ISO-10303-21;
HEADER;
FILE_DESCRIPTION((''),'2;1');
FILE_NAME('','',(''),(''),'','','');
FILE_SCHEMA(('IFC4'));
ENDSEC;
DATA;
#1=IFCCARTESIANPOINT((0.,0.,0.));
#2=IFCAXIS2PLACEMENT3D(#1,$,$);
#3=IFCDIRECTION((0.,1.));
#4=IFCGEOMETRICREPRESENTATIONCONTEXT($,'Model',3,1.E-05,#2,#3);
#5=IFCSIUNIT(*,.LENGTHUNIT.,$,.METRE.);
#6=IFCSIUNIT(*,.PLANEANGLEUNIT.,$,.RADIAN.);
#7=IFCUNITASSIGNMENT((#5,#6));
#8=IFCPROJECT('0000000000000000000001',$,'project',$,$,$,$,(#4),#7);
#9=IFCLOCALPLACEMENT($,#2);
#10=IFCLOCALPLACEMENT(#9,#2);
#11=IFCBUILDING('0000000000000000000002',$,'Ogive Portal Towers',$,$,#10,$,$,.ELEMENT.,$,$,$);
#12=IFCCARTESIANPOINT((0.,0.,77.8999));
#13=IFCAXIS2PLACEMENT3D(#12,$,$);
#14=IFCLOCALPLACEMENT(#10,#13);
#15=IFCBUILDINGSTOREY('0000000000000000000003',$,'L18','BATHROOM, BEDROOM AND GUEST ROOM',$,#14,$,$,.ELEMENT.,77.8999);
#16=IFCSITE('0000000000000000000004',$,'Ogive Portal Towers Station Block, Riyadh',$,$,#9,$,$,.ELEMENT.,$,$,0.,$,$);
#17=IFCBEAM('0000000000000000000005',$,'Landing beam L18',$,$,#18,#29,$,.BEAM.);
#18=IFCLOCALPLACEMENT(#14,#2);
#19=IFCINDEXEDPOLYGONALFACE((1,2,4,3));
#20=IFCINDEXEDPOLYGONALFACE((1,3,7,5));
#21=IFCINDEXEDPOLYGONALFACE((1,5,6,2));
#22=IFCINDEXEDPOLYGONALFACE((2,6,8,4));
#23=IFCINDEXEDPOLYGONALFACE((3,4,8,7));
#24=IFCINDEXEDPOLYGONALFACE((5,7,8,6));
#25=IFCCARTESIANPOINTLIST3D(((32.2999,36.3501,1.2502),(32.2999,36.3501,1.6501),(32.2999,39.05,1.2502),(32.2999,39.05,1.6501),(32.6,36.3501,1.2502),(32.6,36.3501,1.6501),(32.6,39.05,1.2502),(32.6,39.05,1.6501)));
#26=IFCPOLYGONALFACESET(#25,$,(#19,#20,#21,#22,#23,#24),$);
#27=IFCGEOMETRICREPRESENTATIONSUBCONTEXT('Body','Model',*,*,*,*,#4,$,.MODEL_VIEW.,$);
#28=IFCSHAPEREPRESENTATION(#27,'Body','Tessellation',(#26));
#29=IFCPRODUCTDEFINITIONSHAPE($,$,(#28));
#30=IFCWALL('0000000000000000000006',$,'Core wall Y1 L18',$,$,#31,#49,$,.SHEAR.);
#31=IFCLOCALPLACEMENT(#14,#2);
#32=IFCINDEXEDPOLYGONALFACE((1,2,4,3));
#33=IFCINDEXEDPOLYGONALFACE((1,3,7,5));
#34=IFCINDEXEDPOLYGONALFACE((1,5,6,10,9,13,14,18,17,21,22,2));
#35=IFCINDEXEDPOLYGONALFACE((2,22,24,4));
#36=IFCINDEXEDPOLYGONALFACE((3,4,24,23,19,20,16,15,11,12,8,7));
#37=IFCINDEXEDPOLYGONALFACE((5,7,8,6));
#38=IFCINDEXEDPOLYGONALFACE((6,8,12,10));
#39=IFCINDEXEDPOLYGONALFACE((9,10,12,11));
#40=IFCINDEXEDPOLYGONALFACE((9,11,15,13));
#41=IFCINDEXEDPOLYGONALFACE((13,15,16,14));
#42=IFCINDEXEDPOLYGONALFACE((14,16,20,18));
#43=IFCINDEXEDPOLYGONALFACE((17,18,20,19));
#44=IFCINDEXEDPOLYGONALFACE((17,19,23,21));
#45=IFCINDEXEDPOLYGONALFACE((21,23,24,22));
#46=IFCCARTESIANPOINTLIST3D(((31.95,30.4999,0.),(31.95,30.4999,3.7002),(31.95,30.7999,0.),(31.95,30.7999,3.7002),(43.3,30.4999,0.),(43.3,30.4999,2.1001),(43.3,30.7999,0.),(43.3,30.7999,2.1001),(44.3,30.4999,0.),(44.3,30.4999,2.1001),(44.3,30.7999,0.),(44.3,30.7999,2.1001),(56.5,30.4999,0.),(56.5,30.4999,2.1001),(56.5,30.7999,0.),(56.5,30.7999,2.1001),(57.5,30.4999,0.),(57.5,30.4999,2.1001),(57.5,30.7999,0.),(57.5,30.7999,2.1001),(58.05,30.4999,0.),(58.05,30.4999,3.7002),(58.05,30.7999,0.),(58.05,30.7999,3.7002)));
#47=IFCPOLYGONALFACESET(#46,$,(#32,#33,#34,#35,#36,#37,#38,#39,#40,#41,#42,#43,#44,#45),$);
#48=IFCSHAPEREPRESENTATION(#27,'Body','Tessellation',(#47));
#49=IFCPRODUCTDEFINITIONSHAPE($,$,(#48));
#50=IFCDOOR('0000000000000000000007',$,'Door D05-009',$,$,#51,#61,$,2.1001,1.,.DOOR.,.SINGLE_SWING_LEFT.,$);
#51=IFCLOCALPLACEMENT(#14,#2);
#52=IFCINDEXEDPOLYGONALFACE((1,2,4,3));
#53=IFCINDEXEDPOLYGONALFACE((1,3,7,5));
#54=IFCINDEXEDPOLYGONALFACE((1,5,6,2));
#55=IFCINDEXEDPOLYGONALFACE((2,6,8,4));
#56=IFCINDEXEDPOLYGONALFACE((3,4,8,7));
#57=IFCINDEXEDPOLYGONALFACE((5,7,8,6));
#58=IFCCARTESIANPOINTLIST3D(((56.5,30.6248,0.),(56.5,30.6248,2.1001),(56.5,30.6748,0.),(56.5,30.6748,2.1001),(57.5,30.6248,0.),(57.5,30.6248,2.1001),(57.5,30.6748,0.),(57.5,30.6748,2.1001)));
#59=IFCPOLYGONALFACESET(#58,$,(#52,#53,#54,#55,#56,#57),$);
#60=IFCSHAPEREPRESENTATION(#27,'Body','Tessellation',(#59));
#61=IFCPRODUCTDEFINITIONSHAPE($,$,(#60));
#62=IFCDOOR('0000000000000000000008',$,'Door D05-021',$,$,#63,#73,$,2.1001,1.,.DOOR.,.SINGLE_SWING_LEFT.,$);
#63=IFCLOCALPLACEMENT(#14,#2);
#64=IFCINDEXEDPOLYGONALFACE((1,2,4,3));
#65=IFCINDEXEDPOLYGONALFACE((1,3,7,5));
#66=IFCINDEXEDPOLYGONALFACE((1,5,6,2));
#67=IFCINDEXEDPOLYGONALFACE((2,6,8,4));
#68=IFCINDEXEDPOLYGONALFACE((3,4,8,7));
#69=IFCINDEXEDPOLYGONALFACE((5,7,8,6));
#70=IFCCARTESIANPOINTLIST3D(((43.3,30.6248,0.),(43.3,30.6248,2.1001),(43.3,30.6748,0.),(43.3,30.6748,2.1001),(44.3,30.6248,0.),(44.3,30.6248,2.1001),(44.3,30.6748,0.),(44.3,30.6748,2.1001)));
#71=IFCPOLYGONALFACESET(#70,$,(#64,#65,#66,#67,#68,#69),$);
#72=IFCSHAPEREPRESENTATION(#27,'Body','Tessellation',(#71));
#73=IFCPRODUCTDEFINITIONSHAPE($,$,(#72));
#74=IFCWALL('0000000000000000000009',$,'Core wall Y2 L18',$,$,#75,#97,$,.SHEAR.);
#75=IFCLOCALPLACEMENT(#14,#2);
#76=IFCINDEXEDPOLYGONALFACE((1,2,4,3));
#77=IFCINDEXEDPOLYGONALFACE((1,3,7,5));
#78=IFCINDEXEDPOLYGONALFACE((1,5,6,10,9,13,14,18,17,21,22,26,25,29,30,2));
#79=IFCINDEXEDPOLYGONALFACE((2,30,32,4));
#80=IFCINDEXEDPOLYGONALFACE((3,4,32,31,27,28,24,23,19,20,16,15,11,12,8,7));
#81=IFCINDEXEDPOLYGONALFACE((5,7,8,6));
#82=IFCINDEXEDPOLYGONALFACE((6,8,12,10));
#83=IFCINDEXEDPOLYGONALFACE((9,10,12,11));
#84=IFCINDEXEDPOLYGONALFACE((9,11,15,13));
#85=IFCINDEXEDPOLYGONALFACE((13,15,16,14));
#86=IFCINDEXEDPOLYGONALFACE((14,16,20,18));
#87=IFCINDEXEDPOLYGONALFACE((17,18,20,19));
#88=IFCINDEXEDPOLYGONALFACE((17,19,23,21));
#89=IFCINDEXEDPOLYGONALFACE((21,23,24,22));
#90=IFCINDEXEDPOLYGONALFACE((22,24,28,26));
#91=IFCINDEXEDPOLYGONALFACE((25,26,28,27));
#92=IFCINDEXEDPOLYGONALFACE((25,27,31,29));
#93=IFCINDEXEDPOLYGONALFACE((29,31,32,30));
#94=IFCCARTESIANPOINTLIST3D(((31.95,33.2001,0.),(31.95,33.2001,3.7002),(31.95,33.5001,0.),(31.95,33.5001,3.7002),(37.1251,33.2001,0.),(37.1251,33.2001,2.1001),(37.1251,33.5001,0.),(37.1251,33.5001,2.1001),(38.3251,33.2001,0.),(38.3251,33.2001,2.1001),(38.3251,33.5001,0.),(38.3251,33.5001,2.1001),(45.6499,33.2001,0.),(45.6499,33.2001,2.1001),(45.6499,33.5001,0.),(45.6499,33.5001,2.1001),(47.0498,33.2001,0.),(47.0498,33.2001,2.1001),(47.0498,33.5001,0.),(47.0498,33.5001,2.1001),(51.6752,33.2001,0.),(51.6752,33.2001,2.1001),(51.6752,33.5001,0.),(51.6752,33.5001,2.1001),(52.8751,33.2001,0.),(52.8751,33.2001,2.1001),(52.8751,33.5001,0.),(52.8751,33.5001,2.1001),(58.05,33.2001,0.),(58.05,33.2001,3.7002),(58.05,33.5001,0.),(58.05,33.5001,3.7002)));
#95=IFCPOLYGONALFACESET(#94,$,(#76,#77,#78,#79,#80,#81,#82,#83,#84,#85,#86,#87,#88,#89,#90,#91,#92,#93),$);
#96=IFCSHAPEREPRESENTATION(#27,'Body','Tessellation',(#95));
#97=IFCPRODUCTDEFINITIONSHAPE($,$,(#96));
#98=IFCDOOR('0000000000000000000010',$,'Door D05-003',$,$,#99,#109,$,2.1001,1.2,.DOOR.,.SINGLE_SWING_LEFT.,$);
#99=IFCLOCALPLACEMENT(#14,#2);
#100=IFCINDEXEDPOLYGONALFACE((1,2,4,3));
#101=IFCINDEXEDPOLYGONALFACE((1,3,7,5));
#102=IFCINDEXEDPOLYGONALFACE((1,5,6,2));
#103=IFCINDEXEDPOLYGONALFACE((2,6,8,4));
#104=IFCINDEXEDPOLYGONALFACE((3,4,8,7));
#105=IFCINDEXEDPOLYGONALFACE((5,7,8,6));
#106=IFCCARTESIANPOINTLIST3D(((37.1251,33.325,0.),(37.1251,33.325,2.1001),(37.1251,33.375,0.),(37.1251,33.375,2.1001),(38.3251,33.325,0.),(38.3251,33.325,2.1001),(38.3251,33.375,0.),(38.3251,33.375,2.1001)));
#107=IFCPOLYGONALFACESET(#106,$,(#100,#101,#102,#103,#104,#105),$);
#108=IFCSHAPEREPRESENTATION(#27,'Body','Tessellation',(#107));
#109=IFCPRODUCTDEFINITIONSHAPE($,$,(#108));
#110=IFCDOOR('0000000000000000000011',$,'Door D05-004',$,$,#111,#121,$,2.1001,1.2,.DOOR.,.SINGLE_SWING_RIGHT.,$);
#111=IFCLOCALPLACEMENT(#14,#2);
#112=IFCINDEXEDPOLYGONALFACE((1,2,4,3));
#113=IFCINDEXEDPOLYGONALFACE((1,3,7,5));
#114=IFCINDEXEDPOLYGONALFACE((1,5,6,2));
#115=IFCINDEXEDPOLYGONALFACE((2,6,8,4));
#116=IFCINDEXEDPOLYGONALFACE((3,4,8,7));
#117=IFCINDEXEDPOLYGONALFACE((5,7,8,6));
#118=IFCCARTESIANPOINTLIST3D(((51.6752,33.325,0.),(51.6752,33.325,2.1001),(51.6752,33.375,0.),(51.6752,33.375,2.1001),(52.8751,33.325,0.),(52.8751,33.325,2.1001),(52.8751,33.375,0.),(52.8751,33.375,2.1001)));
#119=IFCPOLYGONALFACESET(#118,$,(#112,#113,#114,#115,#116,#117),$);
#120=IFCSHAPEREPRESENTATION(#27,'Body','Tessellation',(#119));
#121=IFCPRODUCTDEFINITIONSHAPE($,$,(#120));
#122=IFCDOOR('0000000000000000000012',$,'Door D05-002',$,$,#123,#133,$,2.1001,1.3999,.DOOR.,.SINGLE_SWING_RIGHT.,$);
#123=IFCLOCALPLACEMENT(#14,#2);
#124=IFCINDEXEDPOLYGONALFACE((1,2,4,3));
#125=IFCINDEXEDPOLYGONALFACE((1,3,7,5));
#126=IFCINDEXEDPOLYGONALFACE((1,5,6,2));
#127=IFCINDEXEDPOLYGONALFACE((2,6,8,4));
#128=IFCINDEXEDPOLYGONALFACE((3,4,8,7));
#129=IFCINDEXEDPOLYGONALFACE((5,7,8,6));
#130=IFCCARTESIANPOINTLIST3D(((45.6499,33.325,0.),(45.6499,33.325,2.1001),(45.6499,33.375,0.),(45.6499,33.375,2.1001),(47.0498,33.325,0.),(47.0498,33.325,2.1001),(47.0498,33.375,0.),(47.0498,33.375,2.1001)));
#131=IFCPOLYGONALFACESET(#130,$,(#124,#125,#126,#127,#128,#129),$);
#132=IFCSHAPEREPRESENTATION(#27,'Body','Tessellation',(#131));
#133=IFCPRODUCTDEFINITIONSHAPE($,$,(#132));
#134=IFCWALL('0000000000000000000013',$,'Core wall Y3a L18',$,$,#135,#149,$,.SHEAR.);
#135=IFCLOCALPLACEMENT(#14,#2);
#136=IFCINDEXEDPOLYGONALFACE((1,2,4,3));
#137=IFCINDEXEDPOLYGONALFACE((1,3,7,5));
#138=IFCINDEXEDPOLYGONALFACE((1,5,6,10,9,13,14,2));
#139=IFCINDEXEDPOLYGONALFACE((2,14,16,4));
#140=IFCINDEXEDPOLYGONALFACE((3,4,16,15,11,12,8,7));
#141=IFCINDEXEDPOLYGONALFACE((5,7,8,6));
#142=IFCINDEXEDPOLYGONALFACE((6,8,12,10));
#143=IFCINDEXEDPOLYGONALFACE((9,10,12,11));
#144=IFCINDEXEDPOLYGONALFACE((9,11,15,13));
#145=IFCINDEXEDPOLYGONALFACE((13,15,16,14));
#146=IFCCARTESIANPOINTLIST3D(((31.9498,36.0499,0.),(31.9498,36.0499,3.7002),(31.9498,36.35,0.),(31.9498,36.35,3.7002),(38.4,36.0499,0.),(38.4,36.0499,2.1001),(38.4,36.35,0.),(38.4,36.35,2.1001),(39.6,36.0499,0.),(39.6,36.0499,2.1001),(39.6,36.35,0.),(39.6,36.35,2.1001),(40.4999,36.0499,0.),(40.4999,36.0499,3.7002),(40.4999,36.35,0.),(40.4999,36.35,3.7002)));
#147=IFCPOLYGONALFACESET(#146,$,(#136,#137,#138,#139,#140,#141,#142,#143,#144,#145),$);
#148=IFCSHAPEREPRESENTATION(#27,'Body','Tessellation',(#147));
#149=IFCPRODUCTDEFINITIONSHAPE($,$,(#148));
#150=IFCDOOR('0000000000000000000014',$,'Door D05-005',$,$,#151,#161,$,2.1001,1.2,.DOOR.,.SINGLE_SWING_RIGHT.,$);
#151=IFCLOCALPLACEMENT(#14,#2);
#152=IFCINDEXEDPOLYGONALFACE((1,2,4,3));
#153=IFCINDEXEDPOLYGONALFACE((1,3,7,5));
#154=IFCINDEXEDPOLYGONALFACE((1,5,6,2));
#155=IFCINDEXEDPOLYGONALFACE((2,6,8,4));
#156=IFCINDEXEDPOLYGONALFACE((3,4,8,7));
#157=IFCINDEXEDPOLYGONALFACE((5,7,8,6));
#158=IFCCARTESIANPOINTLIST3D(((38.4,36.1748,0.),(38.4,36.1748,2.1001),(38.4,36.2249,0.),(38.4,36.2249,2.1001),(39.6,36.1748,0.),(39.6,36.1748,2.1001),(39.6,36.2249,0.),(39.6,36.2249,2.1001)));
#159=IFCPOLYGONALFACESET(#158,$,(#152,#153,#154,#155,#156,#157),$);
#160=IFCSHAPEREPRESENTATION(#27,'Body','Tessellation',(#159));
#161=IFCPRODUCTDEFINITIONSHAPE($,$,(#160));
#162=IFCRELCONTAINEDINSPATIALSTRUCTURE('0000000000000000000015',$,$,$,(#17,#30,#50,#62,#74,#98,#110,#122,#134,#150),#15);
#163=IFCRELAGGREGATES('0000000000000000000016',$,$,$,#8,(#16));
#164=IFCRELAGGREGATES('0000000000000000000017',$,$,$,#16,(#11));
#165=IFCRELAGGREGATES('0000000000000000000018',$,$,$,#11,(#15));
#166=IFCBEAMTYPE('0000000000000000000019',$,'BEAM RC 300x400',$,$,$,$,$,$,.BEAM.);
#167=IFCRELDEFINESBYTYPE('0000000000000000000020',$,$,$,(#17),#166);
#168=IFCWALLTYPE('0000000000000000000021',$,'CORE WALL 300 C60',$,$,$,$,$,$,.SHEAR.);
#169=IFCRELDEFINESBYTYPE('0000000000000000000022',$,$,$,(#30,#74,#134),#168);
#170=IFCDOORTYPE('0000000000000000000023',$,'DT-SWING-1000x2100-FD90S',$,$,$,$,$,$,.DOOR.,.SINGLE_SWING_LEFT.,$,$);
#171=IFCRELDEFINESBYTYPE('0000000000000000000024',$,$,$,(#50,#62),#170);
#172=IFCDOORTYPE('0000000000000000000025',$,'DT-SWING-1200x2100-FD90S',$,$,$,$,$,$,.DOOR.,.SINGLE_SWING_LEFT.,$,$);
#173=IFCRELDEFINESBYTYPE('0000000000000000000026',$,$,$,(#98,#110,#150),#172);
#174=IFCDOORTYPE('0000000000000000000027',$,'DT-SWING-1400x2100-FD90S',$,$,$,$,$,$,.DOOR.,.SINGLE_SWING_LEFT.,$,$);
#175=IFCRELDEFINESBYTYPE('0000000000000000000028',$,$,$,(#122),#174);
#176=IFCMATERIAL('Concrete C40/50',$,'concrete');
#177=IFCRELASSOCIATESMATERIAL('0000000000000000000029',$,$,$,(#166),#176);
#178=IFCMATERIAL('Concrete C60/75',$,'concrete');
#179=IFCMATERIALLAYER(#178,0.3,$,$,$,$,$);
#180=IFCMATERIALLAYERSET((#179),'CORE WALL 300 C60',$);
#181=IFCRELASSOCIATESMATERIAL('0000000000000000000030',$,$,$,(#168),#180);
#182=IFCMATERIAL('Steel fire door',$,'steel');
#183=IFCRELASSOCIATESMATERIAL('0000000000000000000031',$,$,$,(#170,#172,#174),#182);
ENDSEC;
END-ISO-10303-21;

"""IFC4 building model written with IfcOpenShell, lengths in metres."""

from ifc_helpers import new_model, si_unit, direction, frame, frame_2d, origin, origin_2d, place, context, subcontext, project, spatial, rectangle, extrude, material, layer, layer_set, material_profile, profile_set, type_object, element, fill, save


model = new_model("IFC4")

# Units and contexts
model_context = context("Model", 3, precision=1e-05, world=origin(), true_north=direction((0.0, 1.0)))
body_context = subcontext(model_context, "Body", "Model", "MODEL_VIEW")
ifc_project = project(units=[si_unit("LENGTHUNIT", "METRE"), si_unit("PLANEANGLEUNIT", "RADIAN")], contexts=[model_context])

# Site, building, storey
site_placement = place(None, origin())
site = spatial("IfcSite", under=ifc_project, at=site_placement, Name="Ogive Portal Towers Station Block, Riyadh", CompositionType="ELEMENT", RefElevation=0.0)
building_placement = place(site_placement, origin())
building = spatial("IfcBuilding", under=site, at=building_placement, Name="Ogive Portal Towers", CompositionType="ELEMENT")
storey_placement = place(building_placement, frame((0.0, 0.0, 77.8999)))
storey = spatial("IfcBuildingStorey", under=building, at=storey_placement, Name="L18", Description="BATHROOM, BEDROOM AND GUEST ROOM", CompositionType="ELEMENT", Elevation=77.8999)

# Beam
ifc_material_1 = material(Name="Concrete C40/50", Category="concrete")
ifc_material_profile = material_profile(ifc_material_1, rectangle(XDim=0.3, YDim=0.3999, at=origin_2d()), Name="RC 300x400")
ifc_profile_set = profile_set([ifc_material_profile], Name="Concrete C40/50")
beam_type = type_object("IfcBeamType", Name="BEAM RC 300x400", PredefinedType="BEAM", material=ifc_profile_set)
beam_placement = place(storey_placement, frame((32.45, 36.3501, 1.4502), z_axis=(0.0, 1.0, 0.0), x_axis=(-1.0, 0.0, 0.0)))
element("IfcBeam", 1, at=beam_placement, inside=storey, type_object=beam_type, Name="Landing beam L18", PredefinedType="BEAM", context=body_context, shape_type="SweptSolid", body=[
    extrude(rectangle(XDim=0.3, YDim=0.3999, at=origin_2d()), origin(), (0.0, 0.0, 1.0), 2.7),
])

# Walls, openings, doors
ifc_material_2 = material(Name="Concrete C60/75", Category="concrete")
ifc_layer_1 = layer(ifc_material_2, 0.3)
ifc_layer_set_1 = layer_set([ifc_layer_1], Name="CORE WALL 300 C60")
wall_type_1 = type_object("IfcWallType", Name="CORE WALL 300 C60", PredefinedType="SHEAR", material=ifc_layer_set_1)
wall_1_placement = place(storey_placement, frame((31.95, 30.6499, 0.0), z_axis=(0.0, 0.0, 1.0), x_axis=(1.0, 0.0, 0.0)))
wall_1 = element("IfcWall", 2, at=wall_1_placement, inside=storey, type_object=wall_type_1, Name="Core wall Y1 L18", PredefinedType="SHEAR", context=body_context, shape_type="SweptSolid", body=[
    extrude(rectangle(XDim=26.1001, YDim=0.3, at=frame_2d((13.05, 0.0))), origin(), (0.0, 0.0, 1.0), 3.7002),
])
opening_1_placement = place(wall_1_placement, frame((24.55, 0.0, 0.0)))
opening_1 = element("IfcOpeningElement", 3, at=opening_1_placement, cuts=wall_1, PredefinedType="OPENING", context=body_context, shape_type="SweptSolid", body=[
    extrude(rectangle(XDim=1.0, YDim=2.1001, at=frame_2d((0.5, 1.05))), frame((0.0, 0.1602, 0.0), z_axis=(0.0, -1.0, 0.0), x_axis=(1.0, 0.0, 0.0)), (0.0, 0.0, 1.0), 0.3201),
])
opening_2_placement = place(wall_1_placement, frame((11.3501, 0.0, 0.0)))
opening_2 = element("IfcOpeningElement", 4, at=opening_2_placement, cuts=wall_1, PredefinedType="OPENING", context=body_context, shape_type="SweptSolid", body=[
    extrude(rectangle(XDim=1.0, YDim=2.1001, at=frame_2d((0.5, 1.05))), frame((0.0, 0.1602, 0.0), z_axis=(0.0, -1.0, 0.0), x_axis=(1.0, 0.0, 0.0)), (0.0, 0.0, 1.0), 0.3201),
])
ifc_material_3 = material(Name="Steel fire door", Category="steel")
door_type_1 = type_object("IfcDoorType", Name="DT-SWING-1000x2100-FD90S", OperationType="SINGLE_SWING_LEFT", PredefinedType="DOOR", material=ifc_material_3)
door_1_placement = place(opening_1_placement, origin())
door_1 = element("IfcDoor", 5, at=door_1_placement, inside=storey, type_object=door_type_1, Name="Door D05-009", OperationType="SINGLE_SWING_LEFT", OverallHeight=2.1001, OverallWidth=1.0, PredefinedType="DOOR", context=body_context, shape_type="SweptSolid", body=[
    extrude(rectangle(XDim=1.0, YDim=2.1001, at=frame_2d((0.5, 1.05))), frame((0.0, 0.0249, 0.0), z_axis=(0.0, -1.0, 0.0), x_axis=(1.0, 0.0, 0.0)), (0.0, 0.0, 1.0), 0.05),
])
fill(opening_1, door_1)
door_2_placement = place(opening_2_placement, origin())
door_2 = element("IfcDoor", 6, at=door_2_placement, inside=storey, type_object=door_type_1, Name="Door D05-021", OperationType="SINGLE_SWING_LEFT", OverallHeight=2.1001, OverallWidth=1.0, PredefinedType="DOOR", context=body_context, shape_type="SweptSolid", body=[
    extrude(rectangle(XDim=1.0, YDim=2.1001, at=frame_2d((0.5, 1.05))), frame((0.0, 0.0249, 0.0), z_axis=(0.0, -1.0, 0.0), x_axis=(1.0, 0.0, 0.0)), (0.0, 0.0, 1.0), 0.05),
])
fill(opening_2, door_2)
wall_2_placement = place(storey_placement, frame((31.95, 33.3501, 0.0), z_axis=(0.0, 0.0, 1.0), x_axis=(1.0, 0.0, 0.0)))
wall_2 = element("IfcWall", 7, at=wall_2_placement, inside=storey, type_object=wall_type_1, Name="Core wall Y2 L18", PredefinedType="SHEAR", context=body_context, shape_type="SweptSolid", body=[
    extrude(rectangle(XDim=26.1001, YDim=0.3, at=frame_2d((13.05, 0.0))), origin(), (0.0, 0.0, 1.0), 3.7002),
])
opening_3_placement = place(wall_2_placement, frame((13.7, 0.0, 0.0)))
opening_3 = element("IfcOpeningElement", 8, at=opening_3_placement, cuts=wall_2, PredefinedType="OPENING", context=body_context, shape_type="SweptSolid", body=[
    extrude(rectangle(XDim=1.3999, YDim=2.1001, at=frame_2d((0.7, 1.05))), frame((0.0, 0.1602, 0.0), z_axis=(0.0, -1.0, 0.0), x_axis=(1.0, 0.0, 0.0)), (0.0, 0.0, 1.0), 0.3201),
])
opening_4_placement = place(wall_2_placement, frame((5.175, 0.0, 0.0)))
opening_4 = element("IfcOpeningElement", 9, at=opening_4_placement, cuts=wall_2, PredefinedType="OPENING", context=body_context, shape_type="SweptSolid", body=[
    extrude(rectangle(XDim=1.2, YDim=2.1001, at=frame_2d((0.6001, 1.05))), frame((0.0, 0.1602, 0.0), z_axis=(0.0, -1.0, 0.0), x_axis=(1.0, 0.0, 0.0)), (0.0, 0.0, 1.0), 0.3201),
])
opening_5_placement = place(wall_2_placement, frame((19.7251, 0.0, 0.0)))
opening_5 = element("IfcOpeningElement", 10, at=opening_5_placement, cuts=wall_2, PredefinedType="OPENING", context=body_context, shape_type="SweptSolid", body=[
    extrude(rectangle(XDim=1.2, YDim=2.1001, at=frame_2d((0.6001, 1.05))), frame((0.0, 0.1602, 0.0), z_axis=(0.0, -1.0, 0.0), x_axis=(1.0, 0.0, 0.0)), (0.0, 0.0, 1.0), 0.3201),
])
door_type_2 = type_object("IfcDoorType", Name="DT-SWING-1200x2100-FD90S", OperationType="SINGLE_SWING_LEFT", PredefinedType="DOOR", material=ifc_material_3)
door_3_placement = place(opening_4_placement, origin())
door_3 = element("IfcDoor", 11, at=door_3_placement, inside=storey, type_object=door_type_2, Name="Door D05-003", OperationType="SINGLE_SWING_LEFT", OverallHeight=2.1001, OverallWidth=1.2, PredefinedType="DOOR", context=body_context, shape_type="SweptSolid", body=[
    extrude(rectangle(XDim=1.2, YDim=2.1001, at=frame_2d((0.6001, 1.05))), frame((0.0, 0.0249, 0.0), z_axis=(0.0, -1.0, 0.0), x_axis=(1.0, 0.0, 0.0)), (0.0, 0.0, 1.0), 0.05),
])
fill(opening_4, door_3)
door_4_placement = place(opening_5_placement, origin())
door_4 = element("IfcDoor", 12, at=door_4_placement, inside=storey, type_object=door_type_2, Name="Door D05-004", OperationType="SINGLE_SWING_RIGHT", OverallHeight=2.1001, OverallWidth=1.2, PredefinedType="DOOR", context=body_context, shape_type="SweptSolid", body=[
    extrude(rectangle(XDim=1.2, YDim=2.1001, at=frame_2d((0.6001, 1.05))), frame((0.0, 0.0249, 0.0), z_axis=(0.0, -1.0, 0.0), x_axis=(1.0, 0.0, 0.0)), (0.0, 0.0, 1.0), 0.05),
])
fill(opening_5, door_4)
door_type_3 = type_object("IfcDoorType", Name="DT-SWING-1400x2100-FD90S", OperationType="SINGLE_SWING_LEFT", PredefinedType="DOOR", material=ifc_material_3)
door_5_placement = place(opening_3_placement, origin())
door_5 = element("IfcDoor", 13, at=door_5_placement, inside=storey, type_object=door_type_3, Name="Door D05-002", OperationType="SINGLE_SWING_RIGHT", OverallHeight=2.1001, OverallWidth=1.3999, PredefinedType="DOOR", context=body_context, shape_type="SweptSolid", body=[
    extrude(rectangle(XDim=1.3999, YDim=2.1001, at=frame_2d((0.7, 1.05))), frame((0.0, 0.0249, 0.0), z_axis=(0.0, -1.0, 0.0), x_axis=(1.0, 0.0, 0.0)), (0.0, 0.0, 1.0), 0.05),
])
fill(opening_3, door_5)

# Wall, opening, door
wall_3_placement = place(storey_placement, frame((31.95, 36.2, 0.0), z_axis=(0.0, 0.0, 1.0), x_axis=(1.0, 0.0, 0.0)))
wall_3 = element("IfcWall", 14, at=wall_3_placement, inside=storey, type_object=wall_type_1, Name="Core wall Y3a L18", PredefinedType="SHEAR", context=body_context, shape_type="SweptSolid", body=[
    extrude(rectangle(XDim=8.55, YDim=0.3, at=frame_2d((4.2749, 0.0))), origin(), (0.0, 0.0, 1.0), 3.7002),
])
opening_6_placement = place(wall_3_placement, frame((6.45, 0.0, 0.0)))
opening_6 = element("IfcOpeningElement", 15, at=opening_6_placement, cuts=wall_3, PredefinedType="OPENING", context=body_context, shape_type="SweptSolid", body=[
    extrude(rectangle(XDim=1.2, YDim=2.1001, at=frame_2d((0.6001, 1.05))), frame((0.0, 0.1602, 0.0), z_axis=(0.0, -1.0, 0.0), x_axis=(1.0, 0.0, 0.0)), (0.0, 0.0, 1.0), 0.3201),
])
door_6_placement = place(opening_6_placement, origin())
door_6 = element("IfcDoor", 16, at=door_6_placement, inside=storey, type_object=door_type_2, Name="Door D05-005", OperationType="SINGLE_SWING_RIGHT", OverallHeight=2.1001, OverallWidth=1.2, PredefinedType="DOOR", context=body_context, shape_type="SweptSolid", body=[
    extrude(rectangle(XDim=1.2, YDim=2.1001, at=frame_2d((0.6001, 1.05))), frame((0.0, 0.0249, 0.0), z_axis=(0.0, -1.0, 0.0), x_axis=(1.0, 0.0, 0.0)), (0.0, 0.0, 1.0), 0.05),
])
fill(opening_6, door_6)

save(model, "model.ifc")
